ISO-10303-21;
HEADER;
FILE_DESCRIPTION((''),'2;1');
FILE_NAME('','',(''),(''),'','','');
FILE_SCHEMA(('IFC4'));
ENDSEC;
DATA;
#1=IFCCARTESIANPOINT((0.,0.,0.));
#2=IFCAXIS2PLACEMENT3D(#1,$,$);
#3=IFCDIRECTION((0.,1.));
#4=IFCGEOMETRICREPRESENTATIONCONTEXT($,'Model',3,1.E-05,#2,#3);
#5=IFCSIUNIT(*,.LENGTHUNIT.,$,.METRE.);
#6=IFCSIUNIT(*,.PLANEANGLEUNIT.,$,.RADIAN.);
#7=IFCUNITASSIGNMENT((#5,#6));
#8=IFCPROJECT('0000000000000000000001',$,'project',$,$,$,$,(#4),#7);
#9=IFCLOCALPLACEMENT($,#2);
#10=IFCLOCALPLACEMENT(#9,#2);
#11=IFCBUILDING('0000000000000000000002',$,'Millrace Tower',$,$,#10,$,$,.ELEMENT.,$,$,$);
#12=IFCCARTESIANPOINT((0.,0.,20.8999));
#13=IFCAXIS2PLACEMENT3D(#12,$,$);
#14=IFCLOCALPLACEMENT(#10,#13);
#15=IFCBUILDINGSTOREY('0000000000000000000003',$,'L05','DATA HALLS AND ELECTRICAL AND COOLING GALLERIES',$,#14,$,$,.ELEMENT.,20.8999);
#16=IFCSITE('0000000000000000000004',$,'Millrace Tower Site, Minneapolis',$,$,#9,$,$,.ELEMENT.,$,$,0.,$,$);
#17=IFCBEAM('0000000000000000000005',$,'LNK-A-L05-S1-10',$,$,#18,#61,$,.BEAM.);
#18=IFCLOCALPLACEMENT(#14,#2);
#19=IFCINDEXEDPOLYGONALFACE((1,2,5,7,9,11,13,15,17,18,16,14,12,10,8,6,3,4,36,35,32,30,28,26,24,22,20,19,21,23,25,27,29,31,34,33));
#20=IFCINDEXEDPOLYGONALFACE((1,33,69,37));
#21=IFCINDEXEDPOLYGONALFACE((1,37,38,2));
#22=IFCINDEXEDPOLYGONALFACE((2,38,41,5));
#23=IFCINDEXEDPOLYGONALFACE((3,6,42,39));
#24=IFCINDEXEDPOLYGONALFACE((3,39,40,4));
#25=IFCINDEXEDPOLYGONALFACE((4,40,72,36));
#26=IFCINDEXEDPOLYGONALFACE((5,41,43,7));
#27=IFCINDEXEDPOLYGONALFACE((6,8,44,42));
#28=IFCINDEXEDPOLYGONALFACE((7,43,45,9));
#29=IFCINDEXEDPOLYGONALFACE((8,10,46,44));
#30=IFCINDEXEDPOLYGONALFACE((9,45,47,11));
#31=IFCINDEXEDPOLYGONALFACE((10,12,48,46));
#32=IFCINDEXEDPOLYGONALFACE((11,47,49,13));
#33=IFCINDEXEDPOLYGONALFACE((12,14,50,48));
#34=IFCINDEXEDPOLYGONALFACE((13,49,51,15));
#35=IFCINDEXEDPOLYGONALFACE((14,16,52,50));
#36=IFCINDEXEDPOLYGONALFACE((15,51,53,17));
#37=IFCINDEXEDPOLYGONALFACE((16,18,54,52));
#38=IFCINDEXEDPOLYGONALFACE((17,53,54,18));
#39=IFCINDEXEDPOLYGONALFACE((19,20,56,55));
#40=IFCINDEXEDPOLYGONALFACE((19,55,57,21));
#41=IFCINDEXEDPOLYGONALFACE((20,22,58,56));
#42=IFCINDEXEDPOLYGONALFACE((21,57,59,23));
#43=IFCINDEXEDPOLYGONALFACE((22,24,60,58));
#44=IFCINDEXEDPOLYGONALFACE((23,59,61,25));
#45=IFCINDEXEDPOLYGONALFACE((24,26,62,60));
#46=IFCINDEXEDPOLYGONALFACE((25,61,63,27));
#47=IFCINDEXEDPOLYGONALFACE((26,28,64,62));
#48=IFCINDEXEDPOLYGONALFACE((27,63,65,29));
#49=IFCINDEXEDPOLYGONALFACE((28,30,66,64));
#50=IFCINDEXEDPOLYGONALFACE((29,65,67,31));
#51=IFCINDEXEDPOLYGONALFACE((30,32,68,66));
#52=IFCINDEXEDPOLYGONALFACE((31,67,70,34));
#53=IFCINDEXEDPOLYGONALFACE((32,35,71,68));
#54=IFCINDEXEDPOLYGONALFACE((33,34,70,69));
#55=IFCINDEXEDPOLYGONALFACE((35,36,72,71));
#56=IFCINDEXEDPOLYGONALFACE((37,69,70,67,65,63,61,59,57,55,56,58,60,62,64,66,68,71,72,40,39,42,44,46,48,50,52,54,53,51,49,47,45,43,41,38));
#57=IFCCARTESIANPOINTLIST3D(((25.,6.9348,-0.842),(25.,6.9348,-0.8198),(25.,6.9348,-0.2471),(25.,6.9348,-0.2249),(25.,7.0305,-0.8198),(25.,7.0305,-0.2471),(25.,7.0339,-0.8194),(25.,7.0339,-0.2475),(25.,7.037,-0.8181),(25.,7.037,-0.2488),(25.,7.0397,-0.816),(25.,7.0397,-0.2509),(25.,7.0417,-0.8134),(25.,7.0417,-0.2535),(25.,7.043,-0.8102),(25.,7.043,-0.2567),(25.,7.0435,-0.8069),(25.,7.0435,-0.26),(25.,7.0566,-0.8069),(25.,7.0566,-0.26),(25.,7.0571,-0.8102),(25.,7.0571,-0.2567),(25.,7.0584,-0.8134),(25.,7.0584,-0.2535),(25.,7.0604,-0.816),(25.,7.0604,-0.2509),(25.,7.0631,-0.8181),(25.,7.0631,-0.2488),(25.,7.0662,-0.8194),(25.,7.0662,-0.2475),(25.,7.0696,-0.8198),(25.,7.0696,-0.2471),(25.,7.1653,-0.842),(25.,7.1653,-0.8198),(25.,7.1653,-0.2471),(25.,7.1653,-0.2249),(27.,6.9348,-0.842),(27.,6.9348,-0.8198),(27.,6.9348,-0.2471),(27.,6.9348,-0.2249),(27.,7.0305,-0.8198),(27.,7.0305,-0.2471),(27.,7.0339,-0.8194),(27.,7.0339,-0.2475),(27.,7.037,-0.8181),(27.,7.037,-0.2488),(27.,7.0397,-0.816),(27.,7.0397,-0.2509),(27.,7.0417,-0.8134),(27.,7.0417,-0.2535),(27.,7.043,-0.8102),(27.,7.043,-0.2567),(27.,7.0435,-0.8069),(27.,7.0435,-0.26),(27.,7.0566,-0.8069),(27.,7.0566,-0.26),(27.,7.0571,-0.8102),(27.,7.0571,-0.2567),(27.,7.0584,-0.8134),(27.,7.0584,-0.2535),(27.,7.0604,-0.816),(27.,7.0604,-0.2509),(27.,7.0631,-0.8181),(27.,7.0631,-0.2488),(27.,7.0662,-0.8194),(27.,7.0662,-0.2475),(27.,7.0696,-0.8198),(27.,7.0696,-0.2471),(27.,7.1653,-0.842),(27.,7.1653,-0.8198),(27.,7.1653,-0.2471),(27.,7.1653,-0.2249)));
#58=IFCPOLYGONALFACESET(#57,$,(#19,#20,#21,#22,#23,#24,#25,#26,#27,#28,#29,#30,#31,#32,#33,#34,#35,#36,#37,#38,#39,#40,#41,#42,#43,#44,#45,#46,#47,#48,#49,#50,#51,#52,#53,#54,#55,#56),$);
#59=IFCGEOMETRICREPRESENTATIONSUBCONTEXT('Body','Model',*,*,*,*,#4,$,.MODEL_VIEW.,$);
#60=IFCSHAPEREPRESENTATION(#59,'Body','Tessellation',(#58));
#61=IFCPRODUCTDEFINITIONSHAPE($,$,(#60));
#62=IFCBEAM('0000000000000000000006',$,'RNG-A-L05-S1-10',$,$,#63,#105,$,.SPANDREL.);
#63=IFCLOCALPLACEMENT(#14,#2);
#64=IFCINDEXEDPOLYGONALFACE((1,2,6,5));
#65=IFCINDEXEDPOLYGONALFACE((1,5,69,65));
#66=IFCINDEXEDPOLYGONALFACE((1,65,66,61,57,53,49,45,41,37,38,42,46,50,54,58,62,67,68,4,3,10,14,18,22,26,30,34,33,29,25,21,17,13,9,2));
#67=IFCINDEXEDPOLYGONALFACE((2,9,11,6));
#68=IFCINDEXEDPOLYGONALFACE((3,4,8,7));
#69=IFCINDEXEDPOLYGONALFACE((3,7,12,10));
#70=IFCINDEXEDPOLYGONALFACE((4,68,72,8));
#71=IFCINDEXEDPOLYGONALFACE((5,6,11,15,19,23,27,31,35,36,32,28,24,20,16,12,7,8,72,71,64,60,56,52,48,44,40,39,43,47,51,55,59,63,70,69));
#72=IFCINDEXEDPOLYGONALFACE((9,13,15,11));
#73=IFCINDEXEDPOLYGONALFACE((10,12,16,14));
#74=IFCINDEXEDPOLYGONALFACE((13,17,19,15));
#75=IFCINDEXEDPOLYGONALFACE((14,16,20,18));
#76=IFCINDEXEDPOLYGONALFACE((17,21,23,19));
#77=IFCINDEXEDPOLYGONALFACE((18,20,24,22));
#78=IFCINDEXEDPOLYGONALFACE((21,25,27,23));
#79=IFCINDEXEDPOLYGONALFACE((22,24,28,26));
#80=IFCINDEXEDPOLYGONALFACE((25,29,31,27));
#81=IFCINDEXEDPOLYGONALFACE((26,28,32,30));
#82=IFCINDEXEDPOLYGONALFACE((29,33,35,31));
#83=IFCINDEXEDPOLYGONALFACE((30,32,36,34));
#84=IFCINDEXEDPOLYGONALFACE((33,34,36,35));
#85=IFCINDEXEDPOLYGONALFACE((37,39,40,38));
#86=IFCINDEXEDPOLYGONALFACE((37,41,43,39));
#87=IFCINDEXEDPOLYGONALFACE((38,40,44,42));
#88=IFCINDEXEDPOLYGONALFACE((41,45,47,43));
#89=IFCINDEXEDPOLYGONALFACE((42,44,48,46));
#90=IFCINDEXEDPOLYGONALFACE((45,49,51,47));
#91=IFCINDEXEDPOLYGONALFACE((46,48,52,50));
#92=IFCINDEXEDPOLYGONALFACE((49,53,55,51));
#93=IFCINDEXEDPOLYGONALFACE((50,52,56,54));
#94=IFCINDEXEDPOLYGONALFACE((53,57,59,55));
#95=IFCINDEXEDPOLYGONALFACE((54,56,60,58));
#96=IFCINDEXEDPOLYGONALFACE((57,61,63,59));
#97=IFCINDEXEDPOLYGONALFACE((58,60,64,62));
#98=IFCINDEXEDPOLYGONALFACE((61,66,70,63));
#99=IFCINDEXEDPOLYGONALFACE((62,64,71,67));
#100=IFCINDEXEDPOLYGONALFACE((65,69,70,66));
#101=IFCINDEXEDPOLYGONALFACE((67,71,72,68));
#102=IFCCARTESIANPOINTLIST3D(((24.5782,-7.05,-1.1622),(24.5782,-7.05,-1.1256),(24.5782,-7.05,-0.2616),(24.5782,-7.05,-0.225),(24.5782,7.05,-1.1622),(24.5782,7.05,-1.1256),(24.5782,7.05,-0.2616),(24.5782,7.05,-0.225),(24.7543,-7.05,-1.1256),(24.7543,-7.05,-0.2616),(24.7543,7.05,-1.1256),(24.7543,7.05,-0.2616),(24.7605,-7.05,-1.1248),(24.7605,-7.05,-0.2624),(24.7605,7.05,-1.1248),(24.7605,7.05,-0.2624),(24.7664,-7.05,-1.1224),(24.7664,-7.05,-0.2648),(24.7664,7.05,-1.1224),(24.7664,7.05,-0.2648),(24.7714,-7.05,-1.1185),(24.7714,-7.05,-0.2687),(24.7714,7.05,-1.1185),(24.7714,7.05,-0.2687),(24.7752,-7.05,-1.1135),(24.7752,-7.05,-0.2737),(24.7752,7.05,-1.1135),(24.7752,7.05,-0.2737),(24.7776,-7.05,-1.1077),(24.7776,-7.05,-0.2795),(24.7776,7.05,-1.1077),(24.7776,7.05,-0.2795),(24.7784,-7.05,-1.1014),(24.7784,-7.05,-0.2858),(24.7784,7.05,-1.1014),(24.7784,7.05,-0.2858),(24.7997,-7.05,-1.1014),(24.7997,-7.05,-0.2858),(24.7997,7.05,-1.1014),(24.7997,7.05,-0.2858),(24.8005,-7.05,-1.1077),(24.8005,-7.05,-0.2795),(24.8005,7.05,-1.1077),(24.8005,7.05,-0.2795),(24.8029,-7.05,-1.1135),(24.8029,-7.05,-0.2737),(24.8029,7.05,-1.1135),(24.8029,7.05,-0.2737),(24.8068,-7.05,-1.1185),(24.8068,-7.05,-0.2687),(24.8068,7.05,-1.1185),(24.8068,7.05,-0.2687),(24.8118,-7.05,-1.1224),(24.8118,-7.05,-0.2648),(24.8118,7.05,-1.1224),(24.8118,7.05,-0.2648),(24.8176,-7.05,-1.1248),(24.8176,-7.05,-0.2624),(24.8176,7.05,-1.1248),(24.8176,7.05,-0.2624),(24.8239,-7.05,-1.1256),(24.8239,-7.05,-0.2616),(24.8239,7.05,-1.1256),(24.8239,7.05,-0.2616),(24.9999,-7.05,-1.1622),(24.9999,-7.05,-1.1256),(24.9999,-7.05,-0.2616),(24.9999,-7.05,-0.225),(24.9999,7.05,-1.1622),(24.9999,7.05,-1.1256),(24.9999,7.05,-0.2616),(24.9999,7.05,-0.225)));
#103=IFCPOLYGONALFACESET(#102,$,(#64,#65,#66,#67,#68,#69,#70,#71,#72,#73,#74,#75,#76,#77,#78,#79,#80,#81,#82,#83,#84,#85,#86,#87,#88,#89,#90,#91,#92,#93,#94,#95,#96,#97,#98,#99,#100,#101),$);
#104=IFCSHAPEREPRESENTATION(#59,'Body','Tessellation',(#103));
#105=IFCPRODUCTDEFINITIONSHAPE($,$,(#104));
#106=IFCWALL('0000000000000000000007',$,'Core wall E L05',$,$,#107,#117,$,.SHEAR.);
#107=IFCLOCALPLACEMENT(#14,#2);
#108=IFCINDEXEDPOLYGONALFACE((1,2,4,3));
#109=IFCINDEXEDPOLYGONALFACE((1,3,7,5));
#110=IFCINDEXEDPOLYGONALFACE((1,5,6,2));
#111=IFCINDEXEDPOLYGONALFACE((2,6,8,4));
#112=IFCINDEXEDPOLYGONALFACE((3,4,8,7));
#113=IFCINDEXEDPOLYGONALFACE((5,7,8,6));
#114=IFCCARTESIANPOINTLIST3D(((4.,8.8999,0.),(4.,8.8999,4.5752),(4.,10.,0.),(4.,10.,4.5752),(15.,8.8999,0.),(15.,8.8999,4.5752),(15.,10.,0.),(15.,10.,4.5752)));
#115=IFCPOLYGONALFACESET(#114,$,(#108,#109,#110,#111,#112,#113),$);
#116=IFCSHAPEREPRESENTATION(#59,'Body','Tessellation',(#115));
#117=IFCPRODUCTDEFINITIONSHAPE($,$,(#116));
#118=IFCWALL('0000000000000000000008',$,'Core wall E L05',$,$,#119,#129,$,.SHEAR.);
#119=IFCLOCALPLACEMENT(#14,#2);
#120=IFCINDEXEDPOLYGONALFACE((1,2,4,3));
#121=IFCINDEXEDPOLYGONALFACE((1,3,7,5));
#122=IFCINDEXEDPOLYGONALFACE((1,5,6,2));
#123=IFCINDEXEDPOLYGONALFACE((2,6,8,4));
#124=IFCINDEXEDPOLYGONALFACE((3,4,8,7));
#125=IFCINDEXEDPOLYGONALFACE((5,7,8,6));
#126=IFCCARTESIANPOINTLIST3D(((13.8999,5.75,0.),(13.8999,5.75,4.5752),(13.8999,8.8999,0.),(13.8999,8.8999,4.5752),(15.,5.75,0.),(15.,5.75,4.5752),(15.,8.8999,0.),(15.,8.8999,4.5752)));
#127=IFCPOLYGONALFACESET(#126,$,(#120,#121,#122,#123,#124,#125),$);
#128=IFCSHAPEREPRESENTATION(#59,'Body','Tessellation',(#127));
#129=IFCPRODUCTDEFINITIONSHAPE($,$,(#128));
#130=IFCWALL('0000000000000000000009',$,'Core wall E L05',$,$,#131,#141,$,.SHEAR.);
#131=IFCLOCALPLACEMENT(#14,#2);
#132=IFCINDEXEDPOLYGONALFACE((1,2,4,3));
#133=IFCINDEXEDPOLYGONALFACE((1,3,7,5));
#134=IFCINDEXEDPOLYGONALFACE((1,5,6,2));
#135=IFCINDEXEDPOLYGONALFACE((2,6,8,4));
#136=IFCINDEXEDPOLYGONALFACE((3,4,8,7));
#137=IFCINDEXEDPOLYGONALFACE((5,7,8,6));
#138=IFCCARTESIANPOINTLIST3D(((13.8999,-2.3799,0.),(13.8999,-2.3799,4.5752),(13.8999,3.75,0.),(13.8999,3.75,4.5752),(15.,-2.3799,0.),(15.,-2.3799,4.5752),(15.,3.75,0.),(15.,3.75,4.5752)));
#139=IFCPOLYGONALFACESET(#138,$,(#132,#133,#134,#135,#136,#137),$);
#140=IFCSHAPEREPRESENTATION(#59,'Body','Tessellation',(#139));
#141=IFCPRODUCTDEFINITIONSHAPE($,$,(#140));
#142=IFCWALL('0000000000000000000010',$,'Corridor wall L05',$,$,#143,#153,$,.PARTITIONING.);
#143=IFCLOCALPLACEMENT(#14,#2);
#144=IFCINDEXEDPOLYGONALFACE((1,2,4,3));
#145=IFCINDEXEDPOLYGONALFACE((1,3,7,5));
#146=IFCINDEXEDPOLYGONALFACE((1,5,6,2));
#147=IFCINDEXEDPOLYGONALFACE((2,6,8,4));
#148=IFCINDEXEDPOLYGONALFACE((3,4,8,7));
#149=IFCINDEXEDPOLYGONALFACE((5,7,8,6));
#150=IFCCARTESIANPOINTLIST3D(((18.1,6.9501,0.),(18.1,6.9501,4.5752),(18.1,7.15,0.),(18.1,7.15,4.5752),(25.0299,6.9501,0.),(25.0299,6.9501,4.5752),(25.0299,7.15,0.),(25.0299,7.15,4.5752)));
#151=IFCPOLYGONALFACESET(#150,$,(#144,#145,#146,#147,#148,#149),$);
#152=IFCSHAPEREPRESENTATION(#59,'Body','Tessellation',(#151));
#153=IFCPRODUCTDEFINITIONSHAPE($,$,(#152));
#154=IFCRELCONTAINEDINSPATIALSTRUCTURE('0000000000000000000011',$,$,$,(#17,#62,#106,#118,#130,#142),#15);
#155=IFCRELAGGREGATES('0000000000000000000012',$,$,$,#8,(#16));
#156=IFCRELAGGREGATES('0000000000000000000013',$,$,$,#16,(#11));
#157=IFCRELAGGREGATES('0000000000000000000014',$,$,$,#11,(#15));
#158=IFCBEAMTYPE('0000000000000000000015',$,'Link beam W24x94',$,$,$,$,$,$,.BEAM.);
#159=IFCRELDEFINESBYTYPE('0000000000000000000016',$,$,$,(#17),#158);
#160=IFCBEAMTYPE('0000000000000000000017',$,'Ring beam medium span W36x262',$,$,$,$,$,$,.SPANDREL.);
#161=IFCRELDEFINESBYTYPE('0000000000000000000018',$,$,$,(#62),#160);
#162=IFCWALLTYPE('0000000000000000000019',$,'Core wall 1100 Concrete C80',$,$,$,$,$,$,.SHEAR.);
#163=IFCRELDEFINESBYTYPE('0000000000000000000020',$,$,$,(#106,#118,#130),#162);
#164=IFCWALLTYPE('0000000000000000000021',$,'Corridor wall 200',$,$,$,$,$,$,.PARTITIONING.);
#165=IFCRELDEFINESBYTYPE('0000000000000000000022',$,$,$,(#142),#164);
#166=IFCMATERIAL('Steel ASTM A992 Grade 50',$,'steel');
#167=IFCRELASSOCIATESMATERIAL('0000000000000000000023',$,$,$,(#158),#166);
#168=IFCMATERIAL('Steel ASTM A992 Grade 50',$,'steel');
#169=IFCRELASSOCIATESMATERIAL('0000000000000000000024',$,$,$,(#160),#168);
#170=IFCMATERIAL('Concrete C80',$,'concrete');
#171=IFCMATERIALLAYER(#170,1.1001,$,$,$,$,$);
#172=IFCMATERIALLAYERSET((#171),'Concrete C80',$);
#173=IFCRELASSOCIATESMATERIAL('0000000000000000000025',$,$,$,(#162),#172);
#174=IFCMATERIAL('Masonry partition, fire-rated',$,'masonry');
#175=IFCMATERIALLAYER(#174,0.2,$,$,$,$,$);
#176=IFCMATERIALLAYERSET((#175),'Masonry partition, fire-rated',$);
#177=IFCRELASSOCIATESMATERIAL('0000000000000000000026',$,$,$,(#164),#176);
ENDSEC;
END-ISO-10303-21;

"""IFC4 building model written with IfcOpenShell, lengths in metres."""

from ifc_helpers import new_model, si_unit, direction, frame, frame_2d, origin, origin_2d, place, context, subcontext, project, spatial, rectangle, i_section, extrude, material, layer, layer_set, material_profile, profile_set, type_object, element, save


model = new_model("IFC4")

# Units and contexts
model_context = context("Model", 3, precision=1e-05, world=origin(), true_north=direction((0.0, 1.0)))
body_context = subcontext(model_context, "Body", "Model", "MODEL_VIEW")
ifc_project = project(units=[si_unit("LENGTHUNIT", "METRE"), si_unit("PLANEANGLEUNIT", "RADIAN")], contexts=[model_context])

# Site, building, storey
site_placement = place(None, origin())
site = spatial("IfcSite", under=ifc_project, at=site_placement, Name="Millrace Tower Site, Minneapolis", CompositionType="ELEMENT", RefElevation=0.0)
building_placement = place(site_placement, origin())
building = spatial("IfcBuilding", under=site, at=building_placement, Name="Millrace Tower", CompositionType="ELEMENT")
storey_placement = place(building_placement, frame((0.0, 0.0, 20.8999)))
storey = spatial("IfcBuildingStorey", under=building, at=storey_placement, Name="L05", Description="DATA HALLS AND ELECTRICAL AND COOLING GALLERIES", CompositionType="ELEMENT", Elevation=20.8999)

# Beams
ifc_material_1 = material(Name="Steel ASTM A992 Grade 50", Category="steel")
ifc_material_profile_1 = material_profile(ifc_material_1, i_section(OverallWidth=0.2305, OverallDepth=0.6172, WebThickness=0.0132, FlangeThickness=0.0222, FilletRadius=0.0129, at=origin_2d()))
ifc_profile_set_1 = profile_set([ifc_material_profile_1], Name="Steel ASTM A992 Grade 50")
beam_type_1 = type_object("IfcBeamType", Name="Link beam W24x94", PredefinedType="BEAM", material=ifc_profile_set_1)
beam_1_placement = place(storey_placement, frame((25.0, 7.05, -0.5334), z_axis=(1.0, 0.0, 0.0), x_axis=(0.0, 1.0, 0.0)))
element("IfcBeam", 1, at=beam_1_placement, inside=storey, type_object=beam_type_1, Name="LNK-A-L05-S1-10", PredefinedType="BEAM", context=body_context, shape_type="SweptSolid", body=[
    extrude(i_section(OverallWidth=0.2305, OverallDepth=0.6172, WebThickness=0.0132, FlangeThickness=0.0222, FilletRadius=0.0129, at=origin_2d()), origin(), (0.0, 0.0, 1.0), 2.0),
])
ifc_material_2 = material(Name="Steel ASTM A992 Grade 50", Category="steel")
ifc_material_profile_2 = material_profile(ifc_material_2, i_section(OverallWidth=0.4216, OverallDepth=0.9373, WebThickness=0.0212, FlangeThickness=0.0366, FilletRadius=0.0242, at=origin_2d()))
ifc_profile_set_2 = profile_set([ifc_material_profile_2], Name="Steel ASTM A992 Grade 50")
beam_type_2 = type_object("IfcBeamType", Name="Ring beam medium span W36x262", PredefinedType="SPANDREL", material=ifc_profile_set_2)
beam_2_placement = place(storey_placement, frame((24.7891, 7.05, -0.6936), z_axis=(0.0, -1.0, 0.0), x_axis=(1.0, 0.0, 0.0)))
element("IfcBeam", 2, at=beam_2_placement, inside=storey, type_object=beam_type_2, Name="RNG-A-L05-S1-10", PredefinedType="SPANDREL", context=body_context, shape_type="SweptSolid", body=[
    extrude(i_section(OverallWidth=0.4216, OverallDepth=0.9373, WebThickness=0.0212, FlangeThickness=0.0366, FilletRadius=0.0242, at=origin_2d()), origin(), (0.0, 0.0, 1.0), 14.1001),
])

# Walls
ifc_material_3 = material(Name="Concrete C80", Category="concrete")
ifc_layer_1 = layer(ifc_material_3, 1.1001)
ifc_layer_set_1 = layer_set([ifc_layer_1], Name="Concrete C80")
wall_type_1 = type_object("IfcWallType", Name="Core wall 1100 Concrete C80", PredefinedType="SHEAR", material=ifc_layer_set_1)
wall_1_placement = place(storey_placement, frame((15.0, 9.45, 0.0), z_axis=(0.0, 0.0, 1.0), x_axis=(-1.0, 0.0, 0.0)))
element("IfcWall", 3, at=wall_1_placement, inside=storey, type_object=wall_type_1, Name="Core wall E L05", PredefinedType="SHEAR", context=body_context, shape_type="SweptSolid", body=[
    extrude(rectangle(XDim=11.0, YDim=1.1001, at=frame_2d((5.5, 0.0))), origin(), (0.0, 0.0, 1.0), 4.5752),
])
wall_2_placement = place(storey_placement, frame((14.45, 8.8999, 0.0), z_axis=(0.0, 0.0, 1.0), x_axis=(0.0, -1.0, 0.0)))
element("IfcWall", 4, at=wall_2_placement, inside=storey, type_object=wall_type_1, Name="Core wall E L05", PredefinedType="SHEAR", context=body_context, shape_type="SweptSolid", body=[
    extrude(rectangle(XDim=3.1499, YDim=1.1001, at=frame_2d((1.575, 0.0))), origin(), (0.0, 0.0, 1.0), 4.5752),
])
wall_3_placement = place(storey_placement, frame((14.45, 3.75, 0.0), z_axis=(0.0, 0.0, 1.0), x_axis=(0.0, -1.0, 0.0)))
element("IfcWall", 5, at=wall_3_placement, inside=storey, type_object=wall_type_1, Name="Core wall E L05", PredefinedType="SHEAR", context=body_context, shape_type="SweptSolid", body=[
    extrude(rectangle(XDim=6.1299, YDim=1.1001, at=frame_2d((3.0649, 0.0))), origin(), (0.0, 0.0, 1.0), 4.5752),
])
ifc_material_4 = material(Name="Masonry partition, fire-rated", Category="masonry")
ifc_layer_2 = layer(ifc_material_4, 0.2)
ifc_layer_set_2 = layer_set([ifc_layer_2], Name="Masonry partition, fire-rated")
wall_type_2 = type_object("IfcWallType", Name="Corridor wall 200", PredefinedType="PARTITIONING", material=ifc_layer_set_2)
wall_4_placement = place(storey_placement, frame((18.1001, 7.05, 0.0), z_axis=(0.0, 0.0, 1.0), x_axis=(1.0, 0.0, 0.0)))
element("IfcWall", 6, at=wall_4_placement, inside=storey, type_object=wall_type_2, Name="Corridor wall L05", PredefinedType="PARTITIONING", context=body_context, shape_type="SweptSolid", body=[
    extrude(rectangle(XDim=6.9299, YDim=0.2, at=frame_2d((3.4648, 0.0))), origin(), (0.0, 0.0, 1.0), 4.5752),
])

save(model, "model.ifc")
